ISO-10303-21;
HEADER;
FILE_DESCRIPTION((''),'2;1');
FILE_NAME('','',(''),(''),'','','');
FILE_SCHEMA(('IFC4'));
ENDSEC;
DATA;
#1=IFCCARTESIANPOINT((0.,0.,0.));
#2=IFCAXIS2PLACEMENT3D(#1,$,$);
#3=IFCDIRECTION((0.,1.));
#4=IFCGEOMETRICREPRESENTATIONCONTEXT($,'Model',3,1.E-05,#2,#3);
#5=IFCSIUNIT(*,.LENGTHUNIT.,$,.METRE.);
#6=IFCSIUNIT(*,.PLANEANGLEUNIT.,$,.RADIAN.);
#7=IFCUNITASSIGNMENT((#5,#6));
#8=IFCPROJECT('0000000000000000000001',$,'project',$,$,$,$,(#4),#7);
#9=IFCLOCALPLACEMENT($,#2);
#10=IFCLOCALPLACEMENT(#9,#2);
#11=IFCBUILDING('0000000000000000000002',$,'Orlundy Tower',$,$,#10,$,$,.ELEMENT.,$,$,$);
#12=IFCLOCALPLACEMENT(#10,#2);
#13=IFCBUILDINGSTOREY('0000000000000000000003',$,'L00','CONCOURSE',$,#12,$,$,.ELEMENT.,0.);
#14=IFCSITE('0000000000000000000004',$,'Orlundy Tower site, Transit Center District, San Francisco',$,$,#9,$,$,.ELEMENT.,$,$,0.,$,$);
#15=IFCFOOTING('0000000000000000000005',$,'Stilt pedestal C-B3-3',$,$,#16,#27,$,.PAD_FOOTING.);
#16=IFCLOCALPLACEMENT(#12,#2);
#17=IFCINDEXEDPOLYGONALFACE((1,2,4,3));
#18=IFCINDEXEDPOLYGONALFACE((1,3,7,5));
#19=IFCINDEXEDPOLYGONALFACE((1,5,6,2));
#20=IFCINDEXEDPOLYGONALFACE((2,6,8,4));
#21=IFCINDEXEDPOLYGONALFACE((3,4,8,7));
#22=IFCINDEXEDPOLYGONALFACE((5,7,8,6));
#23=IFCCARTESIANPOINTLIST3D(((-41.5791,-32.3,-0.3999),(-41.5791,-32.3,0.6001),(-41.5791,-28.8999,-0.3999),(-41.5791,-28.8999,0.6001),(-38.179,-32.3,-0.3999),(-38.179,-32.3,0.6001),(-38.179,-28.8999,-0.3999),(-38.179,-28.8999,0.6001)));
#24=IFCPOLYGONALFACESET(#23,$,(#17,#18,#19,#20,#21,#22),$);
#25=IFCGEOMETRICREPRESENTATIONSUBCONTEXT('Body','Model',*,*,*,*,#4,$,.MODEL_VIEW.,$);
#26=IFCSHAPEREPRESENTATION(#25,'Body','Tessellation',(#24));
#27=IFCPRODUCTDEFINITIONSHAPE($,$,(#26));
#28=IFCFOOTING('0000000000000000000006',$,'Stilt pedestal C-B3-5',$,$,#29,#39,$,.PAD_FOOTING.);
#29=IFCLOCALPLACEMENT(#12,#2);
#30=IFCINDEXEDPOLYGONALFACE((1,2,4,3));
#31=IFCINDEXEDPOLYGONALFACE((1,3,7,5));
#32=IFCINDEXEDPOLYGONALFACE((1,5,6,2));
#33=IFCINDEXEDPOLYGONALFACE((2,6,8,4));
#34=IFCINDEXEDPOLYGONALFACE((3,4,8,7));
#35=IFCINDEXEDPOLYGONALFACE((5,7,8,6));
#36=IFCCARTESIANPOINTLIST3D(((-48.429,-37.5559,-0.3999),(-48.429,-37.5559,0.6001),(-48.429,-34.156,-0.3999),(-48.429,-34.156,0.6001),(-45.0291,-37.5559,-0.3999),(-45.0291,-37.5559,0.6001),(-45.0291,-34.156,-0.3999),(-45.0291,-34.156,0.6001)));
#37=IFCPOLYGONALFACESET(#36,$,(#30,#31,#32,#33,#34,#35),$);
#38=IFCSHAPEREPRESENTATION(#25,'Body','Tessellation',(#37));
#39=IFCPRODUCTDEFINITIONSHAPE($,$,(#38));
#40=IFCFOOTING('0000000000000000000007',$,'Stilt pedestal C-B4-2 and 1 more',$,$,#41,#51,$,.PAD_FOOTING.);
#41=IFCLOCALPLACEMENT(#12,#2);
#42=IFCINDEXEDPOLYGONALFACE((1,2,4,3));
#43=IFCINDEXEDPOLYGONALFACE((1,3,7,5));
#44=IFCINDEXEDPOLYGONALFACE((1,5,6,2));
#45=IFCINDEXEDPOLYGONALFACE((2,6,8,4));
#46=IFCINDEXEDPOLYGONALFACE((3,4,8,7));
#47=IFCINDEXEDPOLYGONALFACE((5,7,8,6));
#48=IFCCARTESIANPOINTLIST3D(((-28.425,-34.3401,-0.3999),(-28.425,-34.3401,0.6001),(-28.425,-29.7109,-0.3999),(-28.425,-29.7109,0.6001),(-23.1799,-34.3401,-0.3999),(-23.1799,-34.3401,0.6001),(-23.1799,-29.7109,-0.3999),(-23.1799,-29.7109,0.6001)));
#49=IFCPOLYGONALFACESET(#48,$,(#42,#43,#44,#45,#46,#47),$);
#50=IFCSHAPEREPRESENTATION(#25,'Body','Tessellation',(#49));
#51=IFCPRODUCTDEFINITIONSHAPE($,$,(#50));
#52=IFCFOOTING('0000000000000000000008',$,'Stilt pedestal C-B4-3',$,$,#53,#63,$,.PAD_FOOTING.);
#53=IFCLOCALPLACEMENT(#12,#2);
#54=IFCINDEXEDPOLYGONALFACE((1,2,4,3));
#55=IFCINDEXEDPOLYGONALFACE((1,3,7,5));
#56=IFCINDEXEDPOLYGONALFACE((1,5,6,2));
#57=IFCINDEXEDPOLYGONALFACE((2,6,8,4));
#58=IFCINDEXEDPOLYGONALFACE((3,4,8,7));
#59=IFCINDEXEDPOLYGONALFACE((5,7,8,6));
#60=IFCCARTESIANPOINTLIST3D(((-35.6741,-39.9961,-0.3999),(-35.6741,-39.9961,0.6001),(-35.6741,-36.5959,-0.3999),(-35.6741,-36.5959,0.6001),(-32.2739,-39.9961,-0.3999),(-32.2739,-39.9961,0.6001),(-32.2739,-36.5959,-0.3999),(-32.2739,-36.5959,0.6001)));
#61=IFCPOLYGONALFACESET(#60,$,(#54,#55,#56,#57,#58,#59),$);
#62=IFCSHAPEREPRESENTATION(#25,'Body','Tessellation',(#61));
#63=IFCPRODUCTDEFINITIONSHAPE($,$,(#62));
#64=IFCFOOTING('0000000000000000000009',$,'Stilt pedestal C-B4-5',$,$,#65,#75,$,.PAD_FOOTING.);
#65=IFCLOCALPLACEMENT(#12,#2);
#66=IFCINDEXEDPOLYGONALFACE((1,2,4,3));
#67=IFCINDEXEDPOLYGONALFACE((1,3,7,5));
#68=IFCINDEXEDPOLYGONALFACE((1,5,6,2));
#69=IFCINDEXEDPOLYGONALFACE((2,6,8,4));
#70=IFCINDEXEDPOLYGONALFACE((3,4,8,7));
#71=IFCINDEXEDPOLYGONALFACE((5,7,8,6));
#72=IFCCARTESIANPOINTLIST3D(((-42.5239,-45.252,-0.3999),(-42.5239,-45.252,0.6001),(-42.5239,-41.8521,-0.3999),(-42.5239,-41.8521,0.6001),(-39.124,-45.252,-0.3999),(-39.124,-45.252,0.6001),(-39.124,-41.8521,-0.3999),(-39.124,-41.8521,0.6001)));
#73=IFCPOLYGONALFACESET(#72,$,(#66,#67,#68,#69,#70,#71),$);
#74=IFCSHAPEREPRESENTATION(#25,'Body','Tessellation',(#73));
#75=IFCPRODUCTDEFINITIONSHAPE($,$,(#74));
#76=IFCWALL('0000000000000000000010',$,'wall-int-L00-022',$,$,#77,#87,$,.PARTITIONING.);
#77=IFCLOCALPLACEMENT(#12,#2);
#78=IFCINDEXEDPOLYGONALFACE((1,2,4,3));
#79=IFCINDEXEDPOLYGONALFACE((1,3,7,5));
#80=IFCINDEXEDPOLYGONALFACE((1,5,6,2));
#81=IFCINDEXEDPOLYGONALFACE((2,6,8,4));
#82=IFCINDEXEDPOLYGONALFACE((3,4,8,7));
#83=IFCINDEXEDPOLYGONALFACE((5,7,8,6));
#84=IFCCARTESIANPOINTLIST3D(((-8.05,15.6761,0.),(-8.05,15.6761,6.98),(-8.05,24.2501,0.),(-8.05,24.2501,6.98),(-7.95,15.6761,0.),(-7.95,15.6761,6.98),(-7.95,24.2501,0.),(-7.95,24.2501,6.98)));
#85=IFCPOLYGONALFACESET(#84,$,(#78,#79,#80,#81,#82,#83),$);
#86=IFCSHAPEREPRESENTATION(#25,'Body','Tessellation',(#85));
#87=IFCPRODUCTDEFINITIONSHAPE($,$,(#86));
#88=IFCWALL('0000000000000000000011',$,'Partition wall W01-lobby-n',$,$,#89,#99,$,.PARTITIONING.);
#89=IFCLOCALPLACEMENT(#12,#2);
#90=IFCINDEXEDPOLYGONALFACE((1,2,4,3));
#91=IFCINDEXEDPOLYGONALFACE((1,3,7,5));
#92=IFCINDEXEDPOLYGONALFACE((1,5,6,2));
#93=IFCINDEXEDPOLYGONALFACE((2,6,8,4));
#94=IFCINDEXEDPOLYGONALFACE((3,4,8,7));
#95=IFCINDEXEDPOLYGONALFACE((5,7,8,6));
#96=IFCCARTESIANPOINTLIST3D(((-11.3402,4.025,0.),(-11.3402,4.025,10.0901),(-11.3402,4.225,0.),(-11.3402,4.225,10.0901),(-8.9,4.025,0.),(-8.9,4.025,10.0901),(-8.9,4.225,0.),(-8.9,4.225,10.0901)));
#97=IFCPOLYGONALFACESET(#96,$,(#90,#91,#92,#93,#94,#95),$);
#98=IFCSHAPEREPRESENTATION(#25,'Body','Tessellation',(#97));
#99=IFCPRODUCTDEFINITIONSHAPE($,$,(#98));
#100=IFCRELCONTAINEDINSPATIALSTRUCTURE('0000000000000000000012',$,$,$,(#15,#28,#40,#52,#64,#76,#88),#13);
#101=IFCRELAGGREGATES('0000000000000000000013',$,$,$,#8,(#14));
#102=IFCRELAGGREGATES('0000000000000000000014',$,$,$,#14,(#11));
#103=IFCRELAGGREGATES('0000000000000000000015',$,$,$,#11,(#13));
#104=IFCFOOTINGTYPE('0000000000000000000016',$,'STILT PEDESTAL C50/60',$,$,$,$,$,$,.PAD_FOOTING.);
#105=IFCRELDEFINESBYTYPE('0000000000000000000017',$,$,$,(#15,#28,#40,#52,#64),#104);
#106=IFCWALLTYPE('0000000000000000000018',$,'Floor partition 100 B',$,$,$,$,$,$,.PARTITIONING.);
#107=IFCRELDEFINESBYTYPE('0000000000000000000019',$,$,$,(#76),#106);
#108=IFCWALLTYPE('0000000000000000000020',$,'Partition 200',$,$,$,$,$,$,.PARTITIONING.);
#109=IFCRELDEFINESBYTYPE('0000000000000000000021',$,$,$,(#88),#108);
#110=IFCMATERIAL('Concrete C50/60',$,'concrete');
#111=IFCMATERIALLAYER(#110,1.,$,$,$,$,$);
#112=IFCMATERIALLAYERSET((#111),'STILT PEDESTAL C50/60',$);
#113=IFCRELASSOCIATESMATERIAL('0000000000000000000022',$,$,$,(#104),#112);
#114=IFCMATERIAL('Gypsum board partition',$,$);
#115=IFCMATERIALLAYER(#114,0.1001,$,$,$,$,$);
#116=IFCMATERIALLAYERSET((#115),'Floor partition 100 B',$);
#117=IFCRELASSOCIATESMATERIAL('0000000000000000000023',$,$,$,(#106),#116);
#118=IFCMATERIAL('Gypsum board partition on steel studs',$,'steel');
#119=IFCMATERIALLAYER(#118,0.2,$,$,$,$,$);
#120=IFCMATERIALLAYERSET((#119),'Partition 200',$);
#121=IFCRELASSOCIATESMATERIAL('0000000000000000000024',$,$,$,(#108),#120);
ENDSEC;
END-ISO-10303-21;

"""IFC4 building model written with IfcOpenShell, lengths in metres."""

from ifc_helpers import new_model, si_unit, direction, frame, frame_2d, origin, place, context, subcontext, project, spatial, polyline, rectangle, outline, extrude, material, layer, layer_set, type_object, element, save


model = new_model("IFC4")

# Units and contexts
model_context = context("Model", 3, precision=1e-05, world=origin(), true_north=direction((0.0, 1.0)))
body_context = subcontext(model_context, "Body", "Model", "MODEL_VIEW")
ifc_project = project(units=[si_unit("LENGTHUNIT", "METRE"), si_unit("PLANEANGLEUNIT", "RADIAN")], contexts=[model_context])

# Site, building, storey
site_placement = place(None, origin())
site = spatial("IfcSite", under=ifc_project, at=site_placement, Name="Orlundy Tower site, Transit Center District, San Francisco", CompositionType="ELEMENT", RefElevation=0.0)
building_placement = place(site_placement, origin())
building = spatial("IfcBuilding", under=site, at=building_placement, Name="Orlundy Tower", CompositionType="ELEMENT")
storey_placement = place(building_placement, origin())
storey = spatial("IfcBuildingStorey", under=building, at=storey_placement, Name="L00", Description="CONCOURSE", CompositionType="ELEMENT", Elevation=0.0)

# Footings
ifc_material_1 = material(Name="Concrete C50/60", Category="concrete")
ifc_layer_1 = layer(ifc_material_1, 1.0)
ifc_layer_set_1 = layer_set([ifc_layer_1], Name="STILT PEDESTAL C50/60")
footing_type = type_object("IfcFootingType", Name="STILT PEDESTAL C50/60", PredefinedType="PAD_FOOTING", material=ifc_layer_set_1)
footing_1_placement = place(storey_placement, frame((0.0, 0.0, -0.3999)))
element("IfcFooting", 1, at=footing_1_placement, inside=storey, type_object=footing_type, Name="Stilt pedestal C-B3-3", PredefinedType="PAD_FOOTING", context=body_context, shape_type="SweptSolid", body=[
    extrude(outline(polyline([(-38.179, -32.3), (-38.179, -28.8999), (-41.5791, -28.8999), (-41.5791, -32.3), (-38.179, -32.3)])), origin(), (0.0, 0.0, 1.0), 1.0),
])
footing_2_placement = place(storey_placement, frame((0.0, 0.0, -0.3999)))
element("IfcFooting", 2, at=footing_2_placement, inside=storey, type_object=footing_type, Name="Stilt pedestal C-B3-5", PredefinedType="PAD_FOOTING", context=body_context, shape_type="SweptSolid", body=[
    extrude(outline(polyline([(-45.0291, -37.5559), (-45.0291, -34.156), (-48.429, -34.156), (-48.429, -37.5559), (-45.0291, -37.5559)])), origin(), (0.0, 0.0, 1.0), 1.0),
])
footing_3_placement = place(storey_placement, frame((0.0, 0.0, -0.3999)))
element("IfcFooting", 3, at=footing_3_placement, inside=storey, type_object=footing_type, Name="Stilt pedestal C-B4-2 and 1 more", PredefinedType="PAD_FOOTING", context=body_context, shape_type="SweptSolid", body=[
    extrude(outline(polyline([(-23.1799, -34.3401), (-23.1799, -29.7109), (-28.425, -29.7109), (-28.425, -34.3401), (-23.1799, -34.3401)])), origin(), (0.0, 0.0, 1.0), 1.0),
])
footing_4_placement = place(storey_placement, frame((0.0, 0.0, -0.3999)))
element("IfcFooting", 4, at=footing_4_placement, inside=storey, type_object=footing_type, Name="Stilt pedestal C-B4-3", PredefinedType="PAD_FOOTING", context=body_context, shape_type="SweptSolid", body=[
    extrude(outline(polyline([(-32.2739, -39.9961), (-32.2739, -36.5959), (-35.6741, -36.5959), (-35.6741, -39.9961), (-32.2739, -39.9961)])), origin(), (0.0, 0.0, 1.0), 1.0),
])
footing_5_placement = place(storey_placement, frame((0.0, 0.0, -0.3999)))
element("IfcFooting", 5, at=footing_5_placement, inside=storey, type_object=footing_type, Name="Stilt pedestal C-B4-5", PredefinedType="PAD_FOOTING", context=body_context, shape_type="SweptSolid", body=[
    extrude(outline(polyline([(-39.124, -45.252), (-39.124, -41.8521), (-42.5239, -41.8521), (-42.5239, -45.252), (-39.124, -45.252)])), origin(), (0.0, 0.0, 1.0), 1.0),
])

# Walls
ifc_material_2 = material(Name="Gypsum board partition")
ifc_layer_2 = layer(ifc_material_2, 0.1001)
ifc_layer_set_2 = layer_set([ifc_layer_2], Name="Floor partition 100 B")
wall_type_1 = type_object("IfcWallType", Name="Floor partition 100 B", PredefinedType="PARTITIONING", material=ifc_layer_set_2)
wall_1_placement = place(storey_placement, frame((-8.0, 15.676, 0.0), z_axis=(0.0, 0.0, 1.0), x_axis=(0.0, 1.0, 0.0)))
element("IfcWall", 6, at=wall_1_placement, inside=storey, type_object=wall_type_1, Name="wall-int-L00-022", PredefinedType="PARTITIONING", context=body_context, shape_type="SweptSolid", body=[
    extrude(rectangle(XDim=8.574, YDim=0.1001, at=frame_2d((4.2871, 0.0))), origin(), (0.0, 0.0, 1.0), 6.98),
])
ifc_material_3 = material(Name="Gypsum board partition on steel studs", Category="steel")
ifc_layer_3 = layer(ifc_material_3, 0.2)
ifc_layer_set_3 = layer_set([ifc_layer_3], Name="Partition 200")
wall_type_2 = type_object("IfcWallType", Name="Partition 200", PredefinedType="PARTITIONING", material=ifc_layer_set_3)
wall_2_placement = place(storey_placement, frame((-8.8999, 4.125, 0.0), z_axis=(0.0, 0.0, 1.0), x_axis=(-1.0, 0.0, 0.0)))
element("IfcWall", 7, at=wall_2_placement, inside=storey, type_object=wall_type_2, Name="Partition wall W01-lobby-n", PredefinedType="PARTITIONING", context=body_context, shape_type="SweptSolid", body=[
    extrude(rectangle(XDim=2.4402, YDim=0.2, at=frame_2d((1.2202, 0.0))), origin(), (0.0, 0.0, 1.0), 10.0901),
])

save(model, "model.ifc")
